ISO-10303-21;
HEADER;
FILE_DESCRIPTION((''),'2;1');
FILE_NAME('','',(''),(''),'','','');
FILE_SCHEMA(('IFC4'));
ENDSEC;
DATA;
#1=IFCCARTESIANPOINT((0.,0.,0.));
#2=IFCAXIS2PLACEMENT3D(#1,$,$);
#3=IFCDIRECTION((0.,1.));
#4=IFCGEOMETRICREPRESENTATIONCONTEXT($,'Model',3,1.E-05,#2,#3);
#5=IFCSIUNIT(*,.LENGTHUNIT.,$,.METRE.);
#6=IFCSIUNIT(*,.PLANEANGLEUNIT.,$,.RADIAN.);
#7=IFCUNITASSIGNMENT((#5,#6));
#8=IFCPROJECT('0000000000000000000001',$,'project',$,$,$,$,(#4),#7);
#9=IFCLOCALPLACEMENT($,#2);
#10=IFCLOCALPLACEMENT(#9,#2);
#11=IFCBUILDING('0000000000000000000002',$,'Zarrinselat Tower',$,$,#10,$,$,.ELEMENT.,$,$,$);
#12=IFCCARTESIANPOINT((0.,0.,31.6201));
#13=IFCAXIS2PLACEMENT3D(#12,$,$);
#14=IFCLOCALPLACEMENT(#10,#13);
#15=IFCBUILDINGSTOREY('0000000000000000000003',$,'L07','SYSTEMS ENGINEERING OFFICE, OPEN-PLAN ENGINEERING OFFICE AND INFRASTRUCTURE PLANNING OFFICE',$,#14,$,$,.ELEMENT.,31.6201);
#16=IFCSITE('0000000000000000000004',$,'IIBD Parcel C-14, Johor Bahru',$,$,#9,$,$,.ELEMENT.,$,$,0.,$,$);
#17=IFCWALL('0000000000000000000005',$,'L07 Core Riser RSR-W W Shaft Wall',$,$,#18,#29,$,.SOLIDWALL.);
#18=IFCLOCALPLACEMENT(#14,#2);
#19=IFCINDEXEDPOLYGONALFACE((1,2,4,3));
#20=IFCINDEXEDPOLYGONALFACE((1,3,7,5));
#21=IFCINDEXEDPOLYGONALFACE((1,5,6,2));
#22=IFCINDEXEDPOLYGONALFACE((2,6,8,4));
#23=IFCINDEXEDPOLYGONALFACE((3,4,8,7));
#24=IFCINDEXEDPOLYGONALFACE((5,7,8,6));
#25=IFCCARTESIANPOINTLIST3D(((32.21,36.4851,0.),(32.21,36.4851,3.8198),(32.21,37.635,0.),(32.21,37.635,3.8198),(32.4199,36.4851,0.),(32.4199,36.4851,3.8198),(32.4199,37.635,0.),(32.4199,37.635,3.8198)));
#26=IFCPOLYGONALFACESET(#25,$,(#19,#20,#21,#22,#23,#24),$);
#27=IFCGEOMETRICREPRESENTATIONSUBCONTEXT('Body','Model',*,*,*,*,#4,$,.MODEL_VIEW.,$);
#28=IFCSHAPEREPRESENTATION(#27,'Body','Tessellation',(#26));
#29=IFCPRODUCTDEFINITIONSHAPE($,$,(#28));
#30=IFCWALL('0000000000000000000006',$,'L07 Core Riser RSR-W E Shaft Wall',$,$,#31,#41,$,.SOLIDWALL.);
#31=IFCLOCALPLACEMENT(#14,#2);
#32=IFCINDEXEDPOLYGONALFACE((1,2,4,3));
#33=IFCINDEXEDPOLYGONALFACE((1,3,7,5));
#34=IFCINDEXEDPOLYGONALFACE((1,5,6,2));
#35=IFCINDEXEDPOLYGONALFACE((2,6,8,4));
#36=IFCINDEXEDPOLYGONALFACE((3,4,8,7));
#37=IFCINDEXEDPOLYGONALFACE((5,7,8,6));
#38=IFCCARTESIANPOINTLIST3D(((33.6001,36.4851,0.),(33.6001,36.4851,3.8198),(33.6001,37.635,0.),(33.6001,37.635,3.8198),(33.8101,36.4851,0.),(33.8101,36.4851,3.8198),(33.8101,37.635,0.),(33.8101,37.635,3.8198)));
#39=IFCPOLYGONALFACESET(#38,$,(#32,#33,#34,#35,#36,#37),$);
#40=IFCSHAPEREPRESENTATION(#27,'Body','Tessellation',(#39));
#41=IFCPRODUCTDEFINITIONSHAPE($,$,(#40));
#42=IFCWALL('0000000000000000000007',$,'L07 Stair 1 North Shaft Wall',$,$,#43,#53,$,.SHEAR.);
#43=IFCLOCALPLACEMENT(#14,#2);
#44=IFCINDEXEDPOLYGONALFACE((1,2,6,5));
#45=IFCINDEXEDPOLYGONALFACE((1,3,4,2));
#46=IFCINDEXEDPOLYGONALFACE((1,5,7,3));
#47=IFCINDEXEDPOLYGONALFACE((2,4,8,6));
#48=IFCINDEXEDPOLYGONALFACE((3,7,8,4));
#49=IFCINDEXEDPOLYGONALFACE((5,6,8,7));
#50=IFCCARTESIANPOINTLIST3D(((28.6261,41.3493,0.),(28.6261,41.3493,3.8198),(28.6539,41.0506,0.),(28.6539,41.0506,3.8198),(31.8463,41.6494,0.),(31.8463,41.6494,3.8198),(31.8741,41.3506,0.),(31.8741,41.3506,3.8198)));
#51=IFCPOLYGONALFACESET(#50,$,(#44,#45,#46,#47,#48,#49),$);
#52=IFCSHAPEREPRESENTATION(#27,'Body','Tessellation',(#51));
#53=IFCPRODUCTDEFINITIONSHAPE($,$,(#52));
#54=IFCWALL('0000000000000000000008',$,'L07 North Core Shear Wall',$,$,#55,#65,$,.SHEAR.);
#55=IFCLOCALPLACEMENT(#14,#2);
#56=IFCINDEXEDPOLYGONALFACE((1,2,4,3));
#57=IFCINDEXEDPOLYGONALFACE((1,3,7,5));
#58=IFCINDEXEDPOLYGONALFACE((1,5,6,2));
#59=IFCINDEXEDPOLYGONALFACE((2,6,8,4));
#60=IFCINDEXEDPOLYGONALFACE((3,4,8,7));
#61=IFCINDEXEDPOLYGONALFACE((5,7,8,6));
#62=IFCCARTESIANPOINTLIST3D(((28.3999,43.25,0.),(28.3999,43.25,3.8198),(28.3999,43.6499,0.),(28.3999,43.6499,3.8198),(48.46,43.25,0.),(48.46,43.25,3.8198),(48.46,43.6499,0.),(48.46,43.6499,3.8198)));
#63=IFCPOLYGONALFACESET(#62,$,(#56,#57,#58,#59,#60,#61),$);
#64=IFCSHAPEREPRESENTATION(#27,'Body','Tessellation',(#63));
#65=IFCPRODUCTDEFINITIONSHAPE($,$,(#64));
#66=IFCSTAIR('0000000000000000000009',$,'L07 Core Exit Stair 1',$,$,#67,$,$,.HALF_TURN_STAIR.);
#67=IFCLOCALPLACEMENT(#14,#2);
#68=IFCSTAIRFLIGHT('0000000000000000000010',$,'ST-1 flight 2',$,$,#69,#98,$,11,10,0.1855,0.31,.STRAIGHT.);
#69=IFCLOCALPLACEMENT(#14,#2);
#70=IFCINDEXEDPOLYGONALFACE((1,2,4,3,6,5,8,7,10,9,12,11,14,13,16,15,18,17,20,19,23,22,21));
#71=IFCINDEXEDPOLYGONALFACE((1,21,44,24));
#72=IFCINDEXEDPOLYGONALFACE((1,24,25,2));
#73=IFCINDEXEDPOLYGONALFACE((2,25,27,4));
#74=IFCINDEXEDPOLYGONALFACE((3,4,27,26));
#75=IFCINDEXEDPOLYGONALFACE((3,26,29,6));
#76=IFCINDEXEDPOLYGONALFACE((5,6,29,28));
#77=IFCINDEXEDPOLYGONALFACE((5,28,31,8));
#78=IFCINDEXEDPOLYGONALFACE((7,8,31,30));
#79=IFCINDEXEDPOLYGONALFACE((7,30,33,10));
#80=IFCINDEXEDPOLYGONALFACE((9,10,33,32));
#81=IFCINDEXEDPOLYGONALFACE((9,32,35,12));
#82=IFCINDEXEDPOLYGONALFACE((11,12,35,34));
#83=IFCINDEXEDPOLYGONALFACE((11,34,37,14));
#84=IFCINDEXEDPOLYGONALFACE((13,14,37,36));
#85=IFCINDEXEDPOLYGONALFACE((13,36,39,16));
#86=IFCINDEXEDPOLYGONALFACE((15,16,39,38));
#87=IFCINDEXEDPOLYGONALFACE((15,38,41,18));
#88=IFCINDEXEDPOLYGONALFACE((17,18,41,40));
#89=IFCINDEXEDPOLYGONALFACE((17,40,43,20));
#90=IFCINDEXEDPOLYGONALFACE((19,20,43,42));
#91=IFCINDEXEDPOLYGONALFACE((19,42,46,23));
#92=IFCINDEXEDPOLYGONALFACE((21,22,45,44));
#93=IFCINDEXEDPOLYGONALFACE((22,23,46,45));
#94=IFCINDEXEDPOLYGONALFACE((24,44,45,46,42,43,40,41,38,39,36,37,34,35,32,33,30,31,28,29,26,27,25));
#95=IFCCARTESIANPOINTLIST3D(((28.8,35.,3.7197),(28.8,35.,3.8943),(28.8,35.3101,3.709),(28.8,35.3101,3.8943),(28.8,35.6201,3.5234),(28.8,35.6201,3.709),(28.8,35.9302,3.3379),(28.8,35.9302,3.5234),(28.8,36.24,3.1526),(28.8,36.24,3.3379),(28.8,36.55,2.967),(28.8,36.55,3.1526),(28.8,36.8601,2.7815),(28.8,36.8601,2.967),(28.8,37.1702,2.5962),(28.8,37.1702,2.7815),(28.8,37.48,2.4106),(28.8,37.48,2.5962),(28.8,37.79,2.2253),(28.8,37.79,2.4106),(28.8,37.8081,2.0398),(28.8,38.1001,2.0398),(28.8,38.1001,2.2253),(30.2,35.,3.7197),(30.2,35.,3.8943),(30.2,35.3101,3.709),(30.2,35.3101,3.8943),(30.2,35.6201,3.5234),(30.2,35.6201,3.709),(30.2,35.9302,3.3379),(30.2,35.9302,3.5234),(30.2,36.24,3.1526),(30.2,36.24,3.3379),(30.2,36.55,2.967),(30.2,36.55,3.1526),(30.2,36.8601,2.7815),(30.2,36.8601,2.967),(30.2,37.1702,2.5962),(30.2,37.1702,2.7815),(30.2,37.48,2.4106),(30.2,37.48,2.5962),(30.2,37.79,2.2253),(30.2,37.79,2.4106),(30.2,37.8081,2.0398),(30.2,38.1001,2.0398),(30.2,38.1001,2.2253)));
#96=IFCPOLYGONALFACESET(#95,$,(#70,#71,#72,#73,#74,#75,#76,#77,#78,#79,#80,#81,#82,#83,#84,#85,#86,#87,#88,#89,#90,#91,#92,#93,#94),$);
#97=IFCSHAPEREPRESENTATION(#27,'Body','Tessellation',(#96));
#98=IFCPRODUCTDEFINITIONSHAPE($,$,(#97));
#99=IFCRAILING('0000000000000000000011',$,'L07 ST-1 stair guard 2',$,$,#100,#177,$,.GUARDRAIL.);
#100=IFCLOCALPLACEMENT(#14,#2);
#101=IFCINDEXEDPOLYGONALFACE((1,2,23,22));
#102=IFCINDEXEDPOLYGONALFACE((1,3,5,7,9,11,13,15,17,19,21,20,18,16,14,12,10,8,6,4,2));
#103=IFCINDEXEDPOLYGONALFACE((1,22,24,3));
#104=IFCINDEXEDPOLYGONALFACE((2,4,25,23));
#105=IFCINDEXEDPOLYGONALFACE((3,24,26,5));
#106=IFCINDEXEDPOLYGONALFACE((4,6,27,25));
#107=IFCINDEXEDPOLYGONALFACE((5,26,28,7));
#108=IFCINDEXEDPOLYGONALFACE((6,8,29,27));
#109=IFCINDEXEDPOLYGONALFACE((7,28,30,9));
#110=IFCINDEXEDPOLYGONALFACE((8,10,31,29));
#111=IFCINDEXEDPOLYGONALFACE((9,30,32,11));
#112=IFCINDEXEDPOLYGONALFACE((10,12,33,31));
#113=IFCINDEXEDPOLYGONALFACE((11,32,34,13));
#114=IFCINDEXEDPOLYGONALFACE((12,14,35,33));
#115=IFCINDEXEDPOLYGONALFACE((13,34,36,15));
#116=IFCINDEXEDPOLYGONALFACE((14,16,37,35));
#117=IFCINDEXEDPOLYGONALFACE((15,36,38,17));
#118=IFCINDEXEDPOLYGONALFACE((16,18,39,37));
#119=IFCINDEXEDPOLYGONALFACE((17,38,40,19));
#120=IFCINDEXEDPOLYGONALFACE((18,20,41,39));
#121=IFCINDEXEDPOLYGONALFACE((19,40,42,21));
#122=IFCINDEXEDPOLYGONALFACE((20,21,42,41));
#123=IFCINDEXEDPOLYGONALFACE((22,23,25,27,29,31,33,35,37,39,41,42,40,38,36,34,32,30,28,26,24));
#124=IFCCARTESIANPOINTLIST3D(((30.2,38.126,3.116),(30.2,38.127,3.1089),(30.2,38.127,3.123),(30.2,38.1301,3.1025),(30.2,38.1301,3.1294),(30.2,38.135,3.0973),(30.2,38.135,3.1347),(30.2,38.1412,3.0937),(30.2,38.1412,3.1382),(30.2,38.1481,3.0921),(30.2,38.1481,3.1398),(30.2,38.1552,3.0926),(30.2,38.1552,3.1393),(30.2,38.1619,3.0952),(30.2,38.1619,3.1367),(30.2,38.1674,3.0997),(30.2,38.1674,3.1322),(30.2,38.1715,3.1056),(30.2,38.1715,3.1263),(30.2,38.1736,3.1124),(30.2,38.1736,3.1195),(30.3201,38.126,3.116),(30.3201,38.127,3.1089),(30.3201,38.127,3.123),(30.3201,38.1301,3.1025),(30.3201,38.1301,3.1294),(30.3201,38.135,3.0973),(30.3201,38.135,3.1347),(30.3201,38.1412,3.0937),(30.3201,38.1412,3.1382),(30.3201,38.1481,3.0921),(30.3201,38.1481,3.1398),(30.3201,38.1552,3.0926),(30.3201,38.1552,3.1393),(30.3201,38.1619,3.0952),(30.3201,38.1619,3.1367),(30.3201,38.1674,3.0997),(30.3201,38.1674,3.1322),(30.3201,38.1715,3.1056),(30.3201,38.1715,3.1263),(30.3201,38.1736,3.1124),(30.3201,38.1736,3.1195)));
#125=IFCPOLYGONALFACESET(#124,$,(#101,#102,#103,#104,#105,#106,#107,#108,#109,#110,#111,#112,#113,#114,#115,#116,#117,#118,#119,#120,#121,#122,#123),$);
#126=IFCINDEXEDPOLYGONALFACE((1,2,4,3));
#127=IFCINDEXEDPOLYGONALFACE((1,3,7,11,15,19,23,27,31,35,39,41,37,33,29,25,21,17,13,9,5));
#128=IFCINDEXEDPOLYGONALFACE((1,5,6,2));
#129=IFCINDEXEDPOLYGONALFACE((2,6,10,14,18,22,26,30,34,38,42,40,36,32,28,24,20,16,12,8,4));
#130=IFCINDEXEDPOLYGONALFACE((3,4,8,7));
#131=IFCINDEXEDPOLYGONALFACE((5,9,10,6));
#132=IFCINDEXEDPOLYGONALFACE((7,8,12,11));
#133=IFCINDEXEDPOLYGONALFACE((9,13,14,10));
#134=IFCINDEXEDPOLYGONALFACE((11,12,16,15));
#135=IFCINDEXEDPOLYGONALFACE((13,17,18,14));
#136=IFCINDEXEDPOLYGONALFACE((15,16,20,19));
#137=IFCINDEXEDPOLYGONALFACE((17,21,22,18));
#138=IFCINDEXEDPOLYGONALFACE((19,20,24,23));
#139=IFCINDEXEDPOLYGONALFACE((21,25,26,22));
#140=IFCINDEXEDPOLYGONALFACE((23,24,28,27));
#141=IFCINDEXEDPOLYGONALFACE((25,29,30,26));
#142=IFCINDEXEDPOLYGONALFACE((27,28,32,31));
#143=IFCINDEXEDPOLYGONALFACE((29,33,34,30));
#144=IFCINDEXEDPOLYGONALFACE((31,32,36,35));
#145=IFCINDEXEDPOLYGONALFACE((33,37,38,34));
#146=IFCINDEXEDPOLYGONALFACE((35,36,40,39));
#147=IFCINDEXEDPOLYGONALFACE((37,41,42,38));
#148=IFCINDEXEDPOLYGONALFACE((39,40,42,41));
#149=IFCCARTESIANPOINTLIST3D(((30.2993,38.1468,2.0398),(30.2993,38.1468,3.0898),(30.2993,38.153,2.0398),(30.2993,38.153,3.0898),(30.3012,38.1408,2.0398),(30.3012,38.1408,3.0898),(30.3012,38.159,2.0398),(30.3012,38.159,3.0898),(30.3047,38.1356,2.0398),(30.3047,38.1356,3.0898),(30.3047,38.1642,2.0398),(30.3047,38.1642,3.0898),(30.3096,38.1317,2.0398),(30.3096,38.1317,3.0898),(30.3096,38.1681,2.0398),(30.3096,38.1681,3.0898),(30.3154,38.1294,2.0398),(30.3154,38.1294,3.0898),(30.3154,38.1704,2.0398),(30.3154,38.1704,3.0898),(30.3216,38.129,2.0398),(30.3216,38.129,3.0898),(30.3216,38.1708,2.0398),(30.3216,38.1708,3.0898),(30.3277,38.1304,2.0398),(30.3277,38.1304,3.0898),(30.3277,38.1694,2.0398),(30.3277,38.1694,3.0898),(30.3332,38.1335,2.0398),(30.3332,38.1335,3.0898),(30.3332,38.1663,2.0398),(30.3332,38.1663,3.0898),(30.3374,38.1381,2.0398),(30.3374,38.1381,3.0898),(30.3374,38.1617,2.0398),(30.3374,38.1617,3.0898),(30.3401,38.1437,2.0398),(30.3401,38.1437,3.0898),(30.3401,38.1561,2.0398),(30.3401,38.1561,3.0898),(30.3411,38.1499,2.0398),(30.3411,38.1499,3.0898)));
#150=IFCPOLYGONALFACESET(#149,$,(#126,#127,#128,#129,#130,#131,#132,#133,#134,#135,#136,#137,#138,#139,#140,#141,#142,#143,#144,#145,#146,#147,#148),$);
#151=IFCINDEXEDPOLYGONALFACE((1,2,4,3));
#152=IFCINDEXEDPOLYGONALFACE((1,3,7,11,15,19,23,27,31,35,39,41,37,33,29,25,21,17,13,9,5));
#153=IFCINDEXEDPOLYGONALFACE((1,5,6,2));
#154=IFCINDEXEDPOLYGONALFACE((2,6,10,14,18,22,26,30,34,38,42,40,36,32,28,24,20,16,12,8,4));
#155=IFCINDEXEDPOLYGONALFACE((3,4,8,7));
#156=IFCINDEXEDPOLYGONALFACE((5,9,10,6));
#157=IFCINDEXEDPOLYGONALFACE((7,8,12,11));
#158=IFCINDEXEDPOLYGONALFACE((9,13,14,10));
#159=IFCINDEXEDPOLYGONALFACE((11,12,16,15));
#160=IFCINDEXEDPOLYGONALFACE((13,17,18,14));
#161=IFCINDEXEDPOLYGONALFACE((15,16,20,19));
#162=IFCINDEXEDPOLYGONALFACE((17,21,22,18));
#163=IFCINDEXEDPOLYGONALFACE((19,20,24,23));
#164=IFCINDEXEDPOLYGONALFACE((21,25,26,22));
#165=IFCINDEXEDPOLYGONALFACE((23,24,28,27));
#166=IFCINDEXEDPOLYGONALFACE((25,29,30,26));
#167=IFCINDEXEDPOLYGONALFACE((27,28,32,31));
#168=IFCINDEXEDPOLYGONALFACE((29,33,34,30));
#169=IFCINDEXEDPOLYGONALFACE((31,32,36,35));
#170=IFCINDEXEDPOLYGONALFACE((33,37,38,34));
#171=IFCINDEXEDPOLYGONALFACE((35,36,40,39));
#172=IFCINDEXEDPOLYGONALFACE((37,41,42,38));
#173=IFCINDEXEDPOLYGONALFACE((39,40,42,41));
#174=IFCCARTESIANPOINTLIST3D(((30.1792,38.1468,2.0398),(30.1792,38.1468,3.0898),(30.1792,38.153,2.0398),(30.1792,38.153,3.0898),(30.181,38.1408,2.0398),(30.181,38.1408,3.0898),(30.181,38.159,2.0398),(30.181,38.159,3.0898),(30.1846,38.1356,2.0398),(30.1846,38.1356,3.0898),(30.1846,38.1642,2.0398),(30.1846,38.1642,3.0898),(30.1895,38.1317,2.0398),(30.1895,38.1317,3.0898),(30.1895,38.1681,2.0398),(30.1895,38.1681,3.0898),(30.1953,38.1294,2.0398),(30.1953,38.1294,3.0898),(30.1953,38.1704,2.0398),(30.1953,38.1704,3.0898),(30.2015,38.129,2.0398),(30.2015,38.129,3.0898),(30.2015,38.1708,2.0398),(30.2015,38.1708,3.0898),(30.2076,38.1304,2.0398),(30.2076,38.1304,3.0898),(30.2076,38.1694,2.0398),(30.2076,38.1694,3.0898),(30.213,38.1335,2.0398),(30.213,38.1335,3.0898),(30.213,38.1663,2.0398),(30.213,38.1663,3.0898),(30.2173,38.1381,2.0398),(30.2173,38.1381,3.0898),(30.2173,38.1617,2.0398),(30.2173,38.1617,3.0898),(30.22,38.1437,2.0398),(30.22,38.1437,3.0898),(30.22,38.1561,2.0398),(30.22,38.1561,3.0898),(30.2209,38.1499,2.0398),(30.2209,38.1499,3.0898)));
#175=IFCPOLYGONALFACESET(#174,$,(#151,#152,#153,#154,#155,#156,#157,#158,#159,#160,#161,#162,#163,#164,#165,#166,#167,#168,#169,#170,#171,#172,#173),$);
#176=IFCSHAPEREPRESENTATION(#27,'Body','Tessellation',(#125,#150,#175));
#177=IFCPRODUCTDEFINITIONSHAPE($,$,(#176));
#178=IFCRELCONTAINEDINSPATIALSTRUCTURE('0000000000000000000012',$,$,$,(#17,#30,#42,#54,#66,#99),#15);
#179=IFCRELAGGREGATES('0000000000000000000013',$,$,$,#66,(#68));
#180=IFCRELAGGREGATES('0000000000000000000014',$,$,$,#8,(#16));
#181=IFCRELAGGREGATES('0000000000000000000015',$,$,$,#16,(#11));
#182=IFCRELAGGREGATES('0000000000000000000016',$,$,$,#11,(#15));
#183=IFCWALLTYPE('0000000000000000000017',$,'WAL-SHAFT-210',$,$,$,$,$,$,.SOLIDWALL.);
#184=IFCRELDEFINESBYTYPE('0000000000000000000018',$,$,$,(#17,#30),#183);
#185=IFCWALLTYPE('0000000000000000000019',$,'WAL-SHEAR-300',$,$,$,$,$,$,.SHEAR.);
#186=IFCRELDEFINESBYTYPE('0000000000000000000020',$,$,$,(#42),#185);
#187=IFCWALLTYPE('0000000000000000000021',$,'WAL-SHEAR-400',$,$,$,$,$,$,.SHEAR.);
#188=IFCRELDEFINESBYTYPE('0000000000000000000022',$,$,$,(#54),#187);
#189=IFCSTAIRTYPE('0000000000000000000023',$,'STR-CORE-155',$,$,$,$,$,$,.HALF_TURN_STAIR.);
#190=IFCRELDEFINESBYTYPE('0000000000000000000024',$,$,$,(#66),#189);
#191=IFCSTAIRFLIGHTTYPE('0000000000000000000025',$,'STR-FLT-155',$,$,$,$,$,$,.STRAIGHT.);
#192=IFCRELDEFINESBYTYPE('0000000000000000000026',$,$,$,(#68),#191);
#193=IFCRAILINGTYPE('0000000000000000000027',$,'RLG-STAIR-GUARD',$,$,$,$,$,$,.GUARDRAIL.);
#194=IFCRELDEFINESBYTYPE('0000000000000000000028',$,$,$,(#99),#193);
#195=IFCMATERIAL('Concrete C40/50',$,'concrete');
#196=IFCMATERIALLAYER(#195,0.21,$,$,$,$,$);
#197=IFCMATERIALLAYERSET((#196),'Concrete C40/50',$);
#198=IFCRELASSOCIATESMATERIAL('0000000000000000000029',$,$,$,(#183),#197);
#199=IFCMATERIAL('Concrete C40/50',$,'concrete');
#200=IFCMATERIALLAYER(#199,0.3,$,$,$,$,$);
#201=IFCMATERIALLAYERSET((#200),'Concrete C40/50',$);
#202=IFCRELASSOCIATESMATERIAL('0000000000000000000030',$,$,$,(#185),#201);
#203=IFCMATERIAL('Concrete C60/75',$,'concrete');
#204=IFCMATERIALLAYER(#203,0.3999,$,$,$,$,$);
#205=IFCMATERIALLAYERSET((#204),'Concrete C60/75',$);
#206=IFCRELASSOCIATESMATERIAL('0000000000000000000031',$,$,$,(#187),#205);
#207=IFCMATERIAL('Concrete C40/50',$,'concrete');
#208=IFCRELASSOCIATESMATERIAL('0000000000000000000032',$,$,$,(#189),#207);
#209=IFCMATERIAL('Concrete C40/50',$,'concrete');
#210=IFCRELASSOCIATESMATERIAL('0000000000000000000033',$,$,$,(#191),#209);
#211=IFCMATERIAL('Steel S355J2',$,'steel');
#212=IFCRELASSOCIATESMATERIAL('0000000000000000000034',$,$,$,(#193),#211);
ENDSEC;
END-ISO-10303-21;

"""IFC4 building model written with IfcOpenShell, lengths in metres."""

from ifc_helpers import new_model, si_unit, direction, frame, frame_2d, origin, origin_2d, place, context, subcontext, project, spatial, polyline, rectangle, circle, outline, extrude, material, layer, layer_set, type_object, element, aggregate, save


model = new_model("IFC4")

# Units and contexts
model_context = context("Model", 3, precision=1e-05, world=origin(), true_north=direction((0.0, 1.0)))
body_context = subcontext(model_context, "Body", "Model", "MODEL_VIEW")
ifc_project = project(units=[si_unit("LENGTHUNIT", "METRE"), si_unit("PLANEANGLEUNIT", "RADIAN")], contexts=[model_context])

# Site, building, storey
site_placement = place(None, origin())
site = spatial("IfcSite", under=ifc_project, at=site_placement, Name="IIBD Parcel C-14, Johor Bahru", CompositionType="ELEMENT", RefElevation=0.0)
building_placement = place(site_placement, origin())
building = spatial("IfcBuilding", under=site, at=building_placement, Name="Zarrinselat Tower", CompositionType="ELEMENT")
storey_placement = place(building_placement, frame((0.0, 0.0, 31.6201)))
storey = spatial("IfcBuildingStorey", under=building, at=storey_placement, Name="L07", Description="SYSTEMS ENGINEERING OFFICE, OPEN-PLAN ENGINEERING OFFICE AND INFRASTRUCTURE PLANNING OFFICE", CompositionType="ELEMENT", Elevation=31.6201)

# Shared definitions
ifc_material_1 = material(Name="Concrete C40/50", Category="concrete")
ifc_layer_1 = layer(ifc_material_1, 0.21)
ifc_layer_set_1 = layer_set([ifc_layer_1], Name="Concrete C40/50")
wall_type_1 = type_object("IfcWallType", Name="WAL-SHAFT-210", PredefinedType="SOLIDWALL", material=ifc_layer_set_1)

# Walls
for number, where, z_axis, x_axis, name in (
    (1, (32.3149, 36.4851, 0.0), (0.0, 0.0, 1.0), (0.0, 1.0, 0.0), "L07 Core Riser RSR-W W Shaft Wall"),
    (2, (33.7051, 36.4851, 0.0), (0.0, 0.0, 1.0), (0.0, 1.0, 0.0), "L07 Core Riser RSR-W E Shaft Wall"),
):
    element("IfcWall", number, at=place(storey_placement, frame(where, z_axis=z_axis, x_axis=x_axis)), inside=storey, type_object=wall_type_1, Name=name, PredefinedType="SOLIDWALL", context=body_context, shape_type="SweptSolid", body=[
        extrude(rectangle(XDim=1.1499, YDim=0.21, at=frame_2d((0.575, 0.0))), origin(), (0.0, 0.0, 1.0), 3.8198),
    ])
ifc_material_2 = material(Name="Concrete C40/50", Category="concrete")
ifc_layer_2 = layer(ifc_material_2, 0.3)
ifc_layer_set_2 = layer_set([ifc_layer_2], Name="Concrete C40/50")
wall_type_2 = type_object("IfcWallType", Name="WAL-SHEAR-300", PredefinedType="SHEAR", material=ifc_layer_set_2)
wall_1_placement = place(storey_placement, frame((28.6399, 41.2, 0.0), z_axis=(0.0, 0.0, 1.0), x_axis=(0.995687, 0.092775, 0.0)))
element("IfcWall", 3, at=wall_1_placement, inside=storey, type_object=wall_type_2, Name="L07 Stair 1 North Shaft Wall", PredefinedType="SHEAR", context=body_context, shape_type="SweptSolid", body=[
    extrude(rectangle(XDim=3.2341, YDim=0.3, at=frame_2d((1.6172, 0.0))), origin(), (0.0, 0.0, 1.0), 3.8198),
])
ifc_material_3 = material(Name="Concrete C60/75", Category="concrete")
ifc_layer_3 = layer(ifc_material_3, 0.3999)
ifc_layer_set_3 = layer_set([ifc_layer_3], Name="Concrete C60/75")
wall_type_3 = type_object("IfcWallType", Name="WAL-SHEAR-400", PredefinedType="SHEAR", material=ifc_layer_set_3)
wall_2_placement = place(storey_placement, frame((28.3999, 43.45, 0.0), z_axis=(0.0, 0.0, 1.0), x_axis=(1.0, 0.0, 0.0)))
element("IfcWall", 4, at=wall_2_placement, inside=storey, type_object=wall_type_3, Name="L07 North Core Shear Wall", PredefinedType="SHEAR", context=body_context, shape_type="SweptSolid", body=[
    extrude(rectangle(XDim=20.0601, YDim=0.3999, at=frame_2d((10.03, 0.0))), origin(), (0.0, 0.0, 1.0), 3.8198),
])

# Stair, stair flight
ifc_material_4 = material(Name="Concrete C40/50", Category="concrete")
stair_type = type_object("IfcStairType", Name="STR-CORE-155", PredefinedType="HALF_TURN_STAIR", material=ifc_material_4)
stair_placement = place(storey_placement, origin())
stair = element("IfcStair", 5, at=stair_placement, inside=storey, type_object=stair_type, Name="L07 Core Exit Stair 1", PredefinedType="HALF_TURN_STAIR")
ifc_material_5 = material(Name="Concrete C40/50", Category="concrete")
stair_flight_type = type_object("IfcStairFlightType", Name="STR-FLT-155", PredefinedType="STRAIGHT", material=ifc_material_5)
stair_flight_placement = place(storey_placement, frame((29.5, 38.1001, 2.0398), z_axis=(0.0, 0.0, 1.0), x_axis=(0.0, -1.0, 0.0)))
stair_flight = element("IfcStairFlight", 6, at=stair_flight_placement, type_object=stair_flight_type, Name="ST-1 flight 2", NumberOfRisers=11, NumberOfTreads=10, PredefinedType="STRAIGHT", RiserHeight=0.1855, TreadLength=0.31, context=body_context, shape_type="SweptSolid", body=[
    extrude(outline(polyline([(0.0, 0.0), (0.0, 0.1855), (0.3101, 0.1855), (0.3101, 0.3708), (0.6201, 0.3708), (0.6201, 0.5564), (0.9299, 0.5564), (0.9299, 0.7417), (1.24, 0.7417), (1.24, 0.9272), (1.55, 0.9272), (1.55, 1.1128), (1.8601, 1.1128), (1.8601, 1.2981), (2.1699, 1.2981), (2.1699, 1.4836), (2.48, 1.4836), (2.48, 1.6692), (2.79, 1.6692), (2.79, 1.8545), (3.1001, 1.8545), (3.1001, 2.04), (3.1001, 1.6799), (0.292, 0.0), (0.0, 0.0)])), frame((0.0, 0.7, 0.0), z_axis=(0.0, -1.0, 0.0), x_axis=(1.0, 0.0, 0.0)), (0.0, 0.0, 1.0), 1.3999),
])
aggregate(stair, [stair_flight])

# Railing
ifc_material_6 = material(Name="Steel S355J2", Category="steel")
railing_type_1 = type_object("IfcRailingType", Name="RLG-STAIR-GUARD", PredefinedType="GUARDRAIL", material=ifc_material_6)
railing_1_placement = place(storey_placement, frame((30.3201, 38.1499, 2.0398)))
element("IfcRailing", 7, at=railing_1_placement, inside=storey, type_object=railing_type_1, Name="L07 ST-1 stair guard 2", PredefinedType="GUARDRAIL", context=body_context, shape_type="SweptSolid", body=[
    extrude(circle(Radius=0.0239, at=origin_2d()), frame((0.0, 0.0, 1.0762), z_axis=(-1.0, 0.0, 0.0), x_axis=(0.0, -1.0, 0.0)), (0.0, 0.0, 1.0), 0.1201),
    extrude(circle(Radius=0.021, at=origin_2d()), origin(), (0.0, 0.0, 1.0), 1.05),
    extrude(circle(Radius=0.021, at=origin_2d()), frame((-0.1201, 0.0, 0.0)), (0.0, 0.0, 1.0), 1.05),
])

save(model, "model.ifc")
